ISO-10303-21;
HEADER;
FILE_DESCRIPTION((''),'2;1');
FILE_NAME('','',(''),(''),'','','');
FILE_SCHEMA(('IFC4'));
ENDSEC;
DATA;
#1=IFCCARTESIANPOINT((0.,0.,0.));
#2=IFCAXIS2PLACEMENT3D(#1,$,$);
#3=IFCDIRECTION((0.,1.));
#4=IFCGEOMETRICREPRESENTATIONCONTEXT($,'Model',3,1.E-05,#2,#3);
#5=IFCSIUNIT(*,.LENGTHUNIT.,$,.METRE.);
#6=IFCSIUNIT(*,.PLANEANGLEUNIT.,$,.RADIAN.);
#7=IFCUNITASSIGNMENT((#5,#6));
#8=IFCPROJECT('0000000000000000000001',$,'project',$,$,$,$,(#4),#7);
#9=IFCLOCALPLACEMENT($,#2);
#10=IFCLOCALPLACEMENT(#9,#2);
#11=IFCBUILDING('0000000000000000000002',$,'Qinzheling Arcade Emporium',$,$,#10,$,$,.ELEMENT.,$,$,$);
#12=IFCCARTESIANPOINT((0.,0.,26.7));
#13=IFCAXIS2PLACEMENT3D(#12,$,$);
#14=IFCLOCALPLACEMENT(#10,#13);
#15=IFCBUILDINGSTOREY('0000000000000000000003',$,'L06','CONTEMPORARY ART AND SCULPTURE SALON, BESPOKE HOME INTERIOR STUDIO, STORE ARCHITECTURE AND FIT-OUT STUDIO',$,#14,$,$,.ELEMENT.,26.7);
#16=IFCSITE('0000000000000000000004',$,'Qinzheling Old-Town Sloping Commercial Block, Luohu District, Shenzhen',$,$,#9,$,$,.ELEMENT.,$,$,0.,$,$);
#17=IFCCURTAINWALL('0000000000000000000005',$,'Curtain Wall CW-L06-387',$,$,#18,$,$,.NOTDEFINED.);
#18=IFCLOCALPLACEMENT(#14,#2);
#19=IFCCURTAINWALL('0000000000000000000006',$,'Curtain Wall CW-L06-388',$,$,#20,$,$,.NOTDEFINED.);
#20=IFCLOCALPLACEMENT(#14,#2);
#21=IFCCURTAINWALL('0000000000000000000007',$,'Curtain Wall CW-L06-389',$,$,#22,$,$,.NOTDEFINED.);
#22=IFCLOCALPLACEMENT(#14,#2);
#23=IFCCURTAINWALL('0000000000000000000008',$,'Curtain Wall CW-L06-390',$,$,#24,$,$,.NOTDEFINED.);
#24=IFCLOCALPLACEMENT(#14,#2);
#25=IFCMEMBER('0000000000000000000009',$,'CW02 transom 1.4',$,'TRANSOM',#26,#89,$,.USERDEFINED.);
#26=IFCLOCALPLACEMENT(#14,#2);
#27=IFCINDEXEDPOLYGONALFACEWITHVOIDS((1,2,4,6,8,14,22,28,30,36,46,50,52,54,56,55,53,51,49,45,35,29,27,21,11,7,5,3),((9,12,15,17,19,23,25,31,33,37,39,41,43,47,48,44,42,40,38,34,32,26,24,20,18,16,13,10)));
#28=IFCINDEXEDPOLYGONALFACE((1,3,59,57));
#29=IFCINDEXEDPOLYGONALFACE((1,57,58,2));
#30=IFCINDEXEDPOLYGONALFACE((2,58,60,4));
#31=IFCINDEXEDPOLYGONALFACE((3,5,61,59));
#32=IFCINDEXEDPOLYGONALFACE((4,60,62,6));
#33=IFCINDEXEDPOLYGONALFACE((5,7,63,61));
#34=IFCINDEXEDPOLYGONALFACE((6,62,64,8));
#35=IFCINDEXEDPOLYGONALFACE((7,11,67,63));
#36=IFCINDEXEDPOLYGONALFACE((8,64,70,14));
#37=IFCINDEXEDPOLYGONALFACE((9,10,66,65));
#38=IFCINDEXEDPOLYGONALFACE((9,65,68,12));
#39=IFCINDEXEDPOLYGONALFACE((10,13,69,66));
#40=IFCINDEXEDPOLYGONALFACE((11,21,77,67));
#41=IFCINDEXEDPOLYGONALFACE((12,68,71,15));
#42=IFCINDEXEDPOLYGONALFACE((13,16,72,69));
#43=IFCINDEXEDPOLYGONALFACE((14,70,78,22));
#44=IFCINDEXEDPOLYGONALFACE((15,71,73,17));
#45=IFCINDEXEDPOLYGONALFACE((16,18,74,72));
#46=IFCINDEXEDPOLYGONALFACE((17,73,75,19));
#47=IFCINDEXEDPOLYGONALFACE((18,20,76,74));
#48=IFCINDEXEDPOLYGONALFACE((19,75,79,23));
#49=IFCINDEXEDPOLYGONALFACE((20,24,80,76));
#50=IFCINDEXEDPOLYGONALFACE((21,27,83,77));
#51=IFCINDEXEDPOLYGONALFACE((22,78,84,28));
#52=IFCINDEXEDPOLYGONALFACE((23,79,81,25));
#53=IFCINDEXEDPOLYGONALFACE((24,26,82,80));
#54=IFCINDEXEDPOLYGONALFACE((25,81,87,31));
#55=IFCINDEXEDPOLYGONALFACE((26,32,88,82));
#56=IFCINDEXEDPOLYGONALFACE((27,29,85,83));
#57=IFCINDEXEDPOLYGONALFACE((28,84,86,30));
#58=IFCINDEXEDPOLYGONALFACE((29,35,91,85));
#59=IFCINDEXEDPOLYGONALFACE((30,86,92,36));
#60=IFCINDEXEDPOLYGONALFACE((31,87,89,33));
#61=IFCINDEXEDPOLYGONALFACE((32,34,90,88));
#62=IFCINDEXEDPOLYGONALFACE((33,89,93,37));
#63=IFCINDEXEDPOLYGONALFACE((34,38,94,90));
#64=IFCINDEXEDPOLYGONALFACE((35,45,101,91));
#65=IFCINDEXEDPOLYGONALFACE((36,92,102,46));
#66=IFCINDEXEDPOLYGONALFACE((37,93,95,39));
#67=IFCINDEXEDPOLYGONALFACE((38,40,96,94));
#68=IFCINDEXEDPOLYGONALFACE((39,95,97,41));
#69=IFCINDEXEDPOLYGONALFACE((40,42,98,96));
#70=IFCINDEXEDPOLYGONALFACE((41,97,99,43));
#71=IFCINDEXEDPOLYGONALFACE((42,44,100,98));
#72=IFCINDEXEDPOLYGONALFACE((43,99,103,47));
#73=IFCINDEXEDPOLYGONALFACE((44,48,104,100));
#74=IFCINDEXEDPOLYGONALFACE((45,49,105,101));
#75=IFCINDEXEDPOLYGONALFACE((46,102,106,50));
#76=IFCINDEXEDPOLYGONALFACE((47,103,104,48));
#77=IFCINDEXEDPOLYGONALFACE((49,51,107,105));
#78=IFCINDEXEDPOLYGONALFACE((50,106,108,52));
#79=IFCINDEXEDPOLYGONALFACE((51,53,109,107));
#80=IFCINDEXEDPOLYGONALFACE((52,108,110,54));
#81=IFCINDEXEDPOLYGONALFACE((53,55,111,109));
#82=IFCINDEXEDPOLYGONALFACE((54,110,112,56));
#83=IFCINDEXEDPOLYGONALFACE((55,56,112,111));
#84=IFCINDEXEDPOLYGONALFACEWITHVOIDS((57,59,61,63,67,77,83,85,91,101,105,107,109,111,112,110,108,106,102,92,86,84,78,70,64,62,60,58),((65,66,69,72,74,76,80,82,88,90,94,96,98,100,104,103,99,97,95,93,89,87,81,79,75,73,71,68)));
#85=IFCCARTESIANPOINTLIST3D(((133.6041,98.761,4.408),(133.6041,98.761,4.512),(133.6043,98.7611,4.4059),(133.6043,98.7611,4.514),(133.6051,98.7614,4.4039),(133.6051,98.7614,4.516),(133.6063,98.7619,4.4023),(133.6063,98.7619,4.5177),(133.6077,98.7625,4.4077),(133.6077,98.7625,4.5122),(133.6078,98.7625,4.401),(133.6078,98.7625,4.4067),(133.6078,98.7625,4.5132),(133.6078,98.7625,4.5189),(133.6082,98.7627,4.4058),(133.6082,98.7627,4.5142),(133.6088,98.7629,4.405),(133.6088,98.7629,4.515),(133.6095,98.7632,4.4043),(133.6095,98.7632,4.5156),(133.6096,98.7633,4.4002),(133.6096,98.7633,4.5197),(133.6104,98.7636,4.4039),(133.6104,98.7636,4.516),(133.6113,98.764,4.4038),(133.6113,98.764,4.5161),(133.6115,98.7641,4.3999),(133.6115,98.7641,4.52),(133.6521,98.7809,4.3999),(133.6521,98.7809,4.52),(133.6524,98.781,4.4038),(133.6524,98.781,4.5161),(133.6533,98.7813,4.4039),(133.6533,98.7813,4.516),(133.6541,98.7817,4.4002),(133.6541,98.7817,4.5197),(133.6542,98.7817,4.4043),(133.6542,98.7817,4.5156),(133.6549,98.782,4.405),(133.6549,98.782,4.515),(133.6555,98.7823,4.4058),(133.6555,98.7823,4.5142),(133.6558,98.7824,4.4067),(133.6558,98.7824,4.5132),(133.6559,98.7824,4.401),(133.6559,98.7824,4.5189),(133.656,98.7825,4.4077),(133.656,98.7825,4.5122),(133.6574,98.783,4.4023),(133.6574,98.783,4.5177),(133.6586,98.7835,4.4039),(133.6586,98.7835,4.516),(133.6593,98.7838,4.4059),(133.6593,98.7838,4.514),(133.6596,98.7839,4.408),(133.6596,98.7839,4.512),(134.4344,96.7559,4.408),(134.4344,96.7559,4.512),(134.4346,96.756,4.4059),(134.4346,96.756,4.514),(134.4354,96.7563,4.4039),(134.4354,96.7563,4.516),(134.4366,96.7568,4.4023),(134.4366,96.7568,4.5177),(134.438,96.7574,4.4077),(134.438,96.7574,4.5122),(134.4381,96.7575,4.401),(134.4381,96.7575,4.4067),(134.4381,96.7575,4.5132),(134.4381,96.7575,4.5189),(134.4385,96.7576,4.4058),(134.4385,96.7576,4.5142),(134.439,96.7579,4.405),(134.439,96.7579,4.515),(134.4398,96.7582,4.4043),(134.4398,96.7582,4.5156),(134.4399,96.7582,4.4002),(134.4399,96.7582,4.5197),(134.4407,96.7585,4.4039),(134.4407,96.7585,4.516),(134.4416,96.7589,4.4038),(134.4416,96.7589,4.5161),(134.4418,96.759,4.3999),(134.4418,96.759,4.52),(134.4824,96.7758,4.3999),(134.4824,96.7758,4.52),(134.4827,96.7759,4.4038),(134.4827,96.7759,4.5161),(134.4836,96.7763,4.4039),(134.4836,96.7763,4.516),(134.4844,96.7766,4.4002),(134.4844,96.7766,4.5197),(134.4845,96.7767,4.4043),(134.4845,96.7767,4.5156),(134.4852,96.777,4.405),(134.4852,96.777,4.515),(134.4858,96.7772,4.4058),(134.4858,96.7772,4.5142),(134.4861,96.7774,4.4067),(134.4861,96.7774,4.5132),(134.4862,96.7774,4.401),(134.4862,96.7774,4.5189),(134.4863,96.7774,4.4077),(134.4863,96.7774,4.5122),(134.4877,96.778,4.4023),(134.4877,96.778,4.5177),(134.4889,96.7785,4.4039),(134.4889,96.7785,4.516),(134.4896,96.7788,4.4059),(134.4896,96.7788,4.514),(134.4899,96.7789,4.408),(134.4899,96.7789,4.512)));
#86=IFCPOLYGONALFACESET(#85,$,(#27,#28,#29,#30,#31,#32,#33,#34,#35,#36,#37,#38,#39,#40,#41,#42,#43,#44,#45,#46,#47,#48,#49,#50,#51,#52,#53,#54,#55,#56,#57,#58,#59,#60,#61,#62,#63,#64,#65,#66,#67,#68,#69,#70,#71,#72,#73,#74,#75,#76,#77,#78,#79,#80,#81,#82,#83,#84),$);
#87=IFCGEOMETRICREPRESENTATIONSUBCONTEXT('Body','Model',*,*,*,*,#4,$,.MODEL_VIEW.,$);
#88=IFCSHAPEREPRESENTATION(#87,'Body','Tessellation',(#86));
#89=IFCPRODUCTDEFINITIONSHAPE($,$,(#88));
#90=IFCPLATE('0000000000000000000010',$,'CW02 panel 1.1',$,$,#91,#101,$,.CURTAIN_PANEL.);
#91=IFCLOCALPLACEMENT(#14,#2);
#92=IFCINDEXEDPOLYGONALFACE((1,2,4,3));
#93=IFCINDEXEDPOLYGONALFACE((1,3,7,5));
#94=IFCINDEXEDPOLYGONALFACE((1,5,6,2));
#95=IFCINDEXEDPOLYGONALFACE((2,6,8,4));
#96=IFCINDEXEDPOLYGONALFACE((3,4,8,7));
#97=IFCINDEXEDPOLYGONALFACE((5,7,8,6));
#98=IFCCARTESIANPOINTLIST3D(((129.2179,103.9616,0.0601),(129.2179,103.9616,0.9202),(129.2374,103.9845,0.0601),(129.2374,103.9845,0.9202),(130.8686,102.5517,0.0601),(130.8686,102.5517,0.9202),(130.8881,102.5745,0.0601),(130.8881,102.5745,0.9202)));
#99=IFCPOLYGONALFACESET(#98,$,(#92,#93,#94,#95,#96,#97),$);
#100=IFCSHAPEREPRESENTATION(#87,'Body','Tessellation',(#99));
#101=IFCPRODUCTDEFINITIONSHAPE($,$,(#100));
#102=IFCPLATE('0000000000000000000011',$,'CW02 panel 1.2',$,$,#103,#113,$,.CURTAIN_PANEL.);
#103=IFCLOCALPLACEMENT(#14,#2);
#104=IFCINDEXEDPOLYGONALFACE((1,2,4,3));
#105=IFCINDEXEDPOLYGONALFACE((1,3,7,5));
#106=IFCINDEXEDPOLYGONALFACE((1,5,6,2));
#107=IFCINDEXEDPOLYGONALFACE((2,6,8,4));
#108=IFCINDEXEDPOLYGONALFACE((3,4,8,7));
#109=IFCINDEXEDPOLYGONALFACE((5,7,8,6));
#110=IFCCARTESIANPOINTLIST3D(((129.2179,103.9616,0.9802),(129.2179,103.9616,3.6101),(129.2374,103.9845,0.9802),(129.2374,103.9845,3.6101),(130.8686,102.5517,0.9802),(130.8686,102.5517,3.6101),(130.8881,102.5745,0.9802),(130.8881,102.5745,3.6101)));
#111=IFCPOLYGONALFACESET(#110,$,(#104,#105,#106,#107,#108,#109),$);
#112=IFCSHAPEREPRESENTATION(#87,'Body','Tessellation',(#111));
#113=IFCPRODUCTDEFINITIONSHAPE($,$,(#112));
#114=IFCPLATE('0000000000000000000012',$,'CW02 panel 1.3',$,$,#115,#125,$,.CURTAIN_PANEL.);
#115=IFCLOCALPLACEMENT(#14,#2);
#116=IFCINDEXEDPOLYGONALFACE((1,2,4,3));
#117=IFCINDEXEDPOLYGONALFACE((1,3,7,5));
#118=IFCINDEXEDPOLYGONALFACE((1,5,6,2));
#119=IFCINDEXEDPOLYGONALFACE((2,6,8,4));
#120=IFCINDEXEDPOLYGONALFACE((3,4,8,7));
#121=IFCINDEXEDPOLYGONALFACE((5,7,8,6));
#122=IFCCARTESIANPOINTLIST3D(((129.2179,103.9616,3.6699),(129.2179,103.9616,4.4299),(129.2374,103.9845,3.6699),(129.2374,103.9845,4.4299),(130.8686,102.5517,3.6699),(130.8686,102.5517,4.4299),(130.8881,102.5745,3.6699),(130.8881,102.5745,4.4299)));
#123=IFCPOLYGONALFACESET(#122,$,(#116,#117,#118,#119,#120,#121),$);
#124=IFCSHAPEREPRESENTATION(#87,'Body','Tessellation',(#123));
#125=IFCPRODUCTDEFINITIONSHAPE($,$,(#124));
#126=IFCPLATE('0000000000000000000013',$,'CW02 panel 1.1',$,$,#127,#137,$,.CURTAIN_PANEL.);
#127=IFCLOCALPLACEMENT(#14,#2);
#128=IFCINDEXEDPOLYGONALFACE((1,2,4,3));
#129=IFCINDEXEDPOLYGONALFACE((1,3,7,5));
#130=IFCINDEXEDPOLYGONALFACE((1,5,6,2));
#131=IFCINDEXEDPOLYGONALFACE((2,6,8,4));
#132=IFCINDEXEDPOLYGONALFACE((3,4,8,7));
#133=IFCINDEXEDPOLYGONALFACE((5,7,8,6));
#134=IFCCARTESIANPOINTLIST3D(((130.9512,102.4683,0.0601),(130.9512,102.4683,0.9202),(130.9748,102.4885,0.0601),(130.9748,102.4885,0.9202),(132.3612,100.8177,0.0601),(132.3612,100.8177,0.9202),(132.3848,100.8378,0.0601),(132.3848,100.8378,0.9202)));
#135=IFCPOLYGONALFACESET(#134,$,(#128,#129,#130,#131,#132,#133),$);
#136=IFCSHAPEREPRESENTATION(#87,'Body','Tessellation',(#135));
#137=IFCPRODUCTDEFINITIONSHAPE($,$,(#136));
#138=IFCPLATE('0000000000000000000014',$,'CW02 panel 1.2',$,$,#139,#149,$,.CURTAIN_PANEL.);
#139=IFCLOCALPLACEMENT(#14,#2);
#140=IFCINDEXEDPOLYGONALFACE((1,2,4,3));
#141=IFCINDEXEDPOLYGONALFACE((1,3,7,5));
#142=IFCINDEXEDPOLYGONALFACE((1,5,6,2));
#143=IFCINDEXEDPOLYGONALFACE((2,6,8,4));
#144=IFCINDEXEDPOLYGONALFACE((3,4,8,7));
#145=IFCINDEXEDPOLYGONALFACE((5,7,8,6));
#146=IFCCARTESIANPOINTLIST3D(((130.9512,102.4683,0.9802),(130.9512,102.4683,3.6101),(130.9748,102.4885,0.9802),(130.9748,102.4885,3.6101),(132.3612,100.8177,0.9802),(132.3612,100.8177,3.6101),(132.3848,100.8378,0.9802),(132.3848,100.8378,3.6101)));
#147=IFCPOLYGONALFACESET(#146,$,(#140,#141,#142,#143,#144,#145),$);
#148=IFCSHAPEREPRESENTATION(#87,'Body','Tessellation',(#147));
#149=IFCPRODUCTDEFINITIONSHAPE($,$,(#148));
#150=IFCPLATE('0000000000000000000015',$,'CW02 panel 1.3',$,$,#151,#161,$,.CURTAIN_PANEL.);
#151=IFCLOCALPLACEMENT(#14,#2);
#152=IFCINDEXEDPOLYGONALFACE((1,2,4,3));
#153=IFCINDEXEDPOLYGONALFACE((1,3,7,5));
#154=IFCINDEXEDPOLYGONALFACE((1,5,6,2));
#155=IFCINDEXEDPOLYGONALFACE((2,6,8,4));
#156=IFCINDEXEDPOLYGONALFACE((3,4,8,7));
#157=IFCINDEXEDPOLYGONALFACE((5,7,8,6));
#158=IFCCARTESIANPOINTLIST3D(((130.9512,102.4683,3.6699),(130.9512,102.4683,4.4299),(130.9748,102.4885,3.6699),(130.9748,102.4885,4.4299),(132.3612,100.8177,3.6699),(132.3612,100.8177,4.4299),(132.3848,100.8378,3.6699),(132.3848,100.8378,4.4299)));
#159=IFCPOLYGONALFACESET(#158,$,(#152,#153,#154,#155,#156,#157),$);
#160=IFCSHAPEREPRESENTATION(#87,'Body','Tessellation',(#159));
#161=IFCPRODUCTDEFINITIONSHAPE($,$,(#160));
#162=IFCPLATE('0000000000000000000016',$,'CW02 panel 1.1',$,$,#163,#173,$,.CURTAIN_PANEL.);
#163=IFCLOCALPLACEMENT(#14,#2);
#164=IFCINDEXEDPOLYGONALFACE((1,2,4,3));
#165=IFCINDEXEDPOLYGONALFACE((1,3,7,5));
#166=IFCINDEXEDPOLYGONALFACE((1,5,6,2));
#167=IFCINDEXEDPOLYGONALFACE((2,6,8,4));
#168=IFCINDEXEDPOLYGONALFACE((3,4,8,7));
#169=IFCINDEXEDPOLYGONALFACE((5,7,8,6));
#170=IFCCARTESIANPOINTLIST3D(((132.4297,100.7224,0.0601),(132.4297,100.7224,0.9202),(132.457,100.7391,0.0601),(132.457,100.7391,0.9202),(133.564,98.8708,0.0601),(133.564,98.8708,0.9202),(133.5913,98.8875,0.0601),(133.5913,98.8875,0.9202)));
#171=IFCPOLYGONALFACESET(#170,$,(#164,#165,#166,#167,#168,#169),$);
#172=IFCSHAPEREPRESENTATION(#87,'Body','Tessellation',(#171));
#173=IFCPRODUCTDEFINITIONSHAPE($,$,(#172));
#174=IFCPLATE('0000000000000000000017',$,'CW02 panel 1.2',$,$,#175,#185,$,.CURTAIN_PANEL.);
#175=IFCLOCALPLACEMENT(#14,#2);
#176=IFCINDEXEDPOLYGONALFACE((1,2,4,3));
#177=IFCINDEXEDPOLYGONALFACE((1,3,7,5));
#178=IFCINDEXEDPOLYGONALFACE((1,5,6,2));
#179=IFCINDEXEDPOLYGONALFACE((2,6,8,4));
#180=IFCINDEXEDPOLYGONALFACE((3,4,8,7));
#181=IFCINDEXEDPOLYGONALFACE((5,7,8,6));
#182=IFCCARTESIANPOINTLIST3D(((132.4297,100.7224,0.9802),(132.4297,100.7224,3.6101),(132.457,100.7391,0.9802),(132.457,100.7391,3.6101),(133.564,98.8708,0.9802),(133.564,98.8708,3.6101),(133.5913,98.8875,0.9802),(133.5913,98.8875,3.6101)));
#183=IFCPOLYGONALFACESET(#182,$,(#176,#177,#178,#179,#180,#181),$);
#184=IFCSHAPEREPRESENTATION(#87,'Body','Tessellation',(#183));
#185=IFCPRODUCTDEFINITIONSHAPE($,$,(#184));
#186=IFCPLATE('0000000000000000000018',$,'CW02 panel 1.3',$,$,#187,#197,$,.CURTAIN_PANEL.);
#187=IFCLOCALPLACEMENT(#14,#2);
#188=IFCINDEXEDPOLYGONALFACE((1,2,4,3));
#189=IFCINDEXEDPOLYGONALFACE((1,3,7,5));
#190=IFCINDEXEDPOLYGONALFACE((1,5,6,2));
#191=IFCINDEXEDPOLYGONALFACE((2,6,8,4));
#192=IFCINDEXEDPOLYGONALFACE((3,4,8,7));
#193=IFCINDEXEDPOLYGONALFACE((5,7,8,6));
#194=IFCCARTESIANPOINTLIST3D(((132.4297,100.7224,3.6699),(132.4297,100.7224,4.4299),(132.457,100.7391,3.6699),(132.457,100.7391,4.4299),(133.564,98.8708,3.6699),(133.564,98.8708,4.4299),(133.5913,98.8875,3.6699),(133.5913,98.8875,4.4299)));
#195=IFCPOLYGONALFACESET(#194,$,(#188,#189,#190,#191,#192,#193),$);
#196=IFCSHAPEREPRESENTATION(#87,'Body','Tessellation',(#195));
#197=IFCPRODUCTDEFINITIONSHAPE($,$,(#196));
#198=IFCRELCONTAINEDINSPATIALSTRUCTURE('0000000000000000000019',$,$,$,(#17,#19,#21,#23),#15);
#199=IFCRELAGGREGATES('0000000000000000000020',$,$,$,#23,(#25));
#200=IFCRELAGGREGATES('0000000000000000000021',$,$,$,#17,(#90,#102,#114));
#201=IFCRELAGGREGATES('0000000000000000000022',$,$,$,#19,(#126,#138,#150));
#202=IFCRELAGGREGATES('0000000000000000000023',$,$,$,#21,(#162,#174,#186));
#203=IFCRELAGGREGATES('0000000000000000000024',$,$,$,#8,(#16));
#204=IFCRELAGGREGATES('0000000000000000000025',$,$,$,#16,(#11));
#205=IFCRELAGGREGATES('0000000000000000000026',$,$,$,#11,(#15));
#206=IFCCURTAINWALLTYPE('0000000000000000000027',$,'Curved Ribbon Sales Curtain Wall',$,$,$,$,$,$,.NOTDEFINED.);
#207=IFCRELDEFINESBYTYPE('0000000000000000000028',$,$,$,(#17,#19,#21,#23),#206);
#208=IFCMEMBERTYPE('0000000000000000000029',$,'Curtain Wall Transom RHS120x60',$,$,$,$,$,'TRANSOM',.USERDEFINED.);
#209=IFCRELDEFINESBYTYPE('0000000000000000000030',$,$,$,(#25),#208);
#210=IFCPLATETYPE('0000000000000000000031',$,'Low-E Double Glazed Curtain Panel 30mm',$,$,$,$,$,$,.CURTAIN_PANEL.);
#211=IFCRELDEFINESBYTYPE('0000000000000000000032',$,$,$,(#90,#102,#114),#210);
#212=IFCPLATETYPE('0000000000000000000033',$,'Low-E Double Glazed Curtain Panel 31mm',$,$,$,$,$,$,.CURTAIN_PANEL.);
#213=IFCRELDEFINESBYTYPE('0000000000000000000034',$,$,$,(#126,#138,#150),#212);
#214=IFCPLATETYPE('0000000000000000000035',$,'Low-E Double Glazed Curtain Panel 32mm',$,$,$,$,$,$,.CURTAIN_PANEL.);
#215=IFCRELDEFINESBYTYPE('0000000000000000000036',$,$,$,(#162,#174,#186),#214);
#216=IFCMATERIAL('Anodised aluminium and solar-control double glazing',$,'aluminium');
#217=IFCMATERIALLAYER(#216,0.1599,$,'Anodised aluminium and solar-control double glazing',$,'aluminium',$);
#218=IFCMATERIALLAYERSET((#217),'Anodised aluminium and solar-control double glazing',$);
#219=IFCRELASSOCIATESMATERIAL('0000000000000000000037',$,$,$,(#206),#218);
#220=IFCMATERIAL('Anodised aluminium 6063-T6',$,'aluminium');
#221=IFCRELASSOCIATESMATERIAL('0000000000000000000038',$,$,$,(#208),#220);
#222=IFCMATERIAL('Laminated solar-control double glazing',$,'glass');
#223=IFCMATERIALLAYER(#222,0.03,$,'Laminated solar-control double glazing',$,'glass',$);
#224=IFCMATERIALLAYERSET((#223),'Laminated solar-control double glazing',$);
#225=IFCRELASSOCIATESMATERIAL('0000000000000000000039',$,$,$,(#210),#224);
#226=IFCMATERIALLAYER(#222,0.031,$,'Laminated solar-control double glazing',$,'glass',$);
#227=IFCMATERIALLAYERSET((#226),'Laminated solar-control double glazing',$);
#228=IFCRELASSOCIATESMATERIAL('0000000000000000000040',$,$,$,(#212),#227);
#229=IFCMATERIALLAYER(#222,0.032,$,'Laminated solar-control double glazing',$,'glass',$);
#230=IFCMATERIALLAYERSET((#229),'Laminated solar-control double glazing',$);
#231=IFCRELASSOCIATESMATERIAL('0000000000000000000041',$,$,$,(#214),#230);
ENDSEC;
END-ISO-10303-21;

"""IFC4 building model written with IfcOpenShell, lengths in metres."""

from ifc_helpers import new_model, si_unit, direction, frame, origin, origin_2d, place, context, subcontext, project, spatial, rectangle, hollow_rectangle, extrude, material, layer, layer_set, material_profile, profile_set, type_object, element, aggregate, save


model = new_model("IFC4")

# Units and contexts
model_context = context("Model", 3, precision=1e-05, world=origin(), true_north=direction((0.0, 1.0)))
body_context = subcontext(model_context, "Body", "Model", "MODEL_VIEW")
ifc_project = project(units=[si_unit("LENGTHUNIT", "METRE"), si_unit("PLANEANGLEUNIT", "RADIAN")], contexts=[model_context])

# Site, building, storey
site_placement = place(None, origin())
site = spatial("IfcSite", under=ifc_project, at=site_placement, Name="Qinzheling Old-Town Sloping Commercial Block, Luohu District, Shenzhen", CompositionType="ELEMENT", RefElevation=0.0)
building_placement = place(site_placement, origin())
building = spatial("IfcBuilding", under=site, at=building_placement, Name="Qinzheling Arcade Emporium", CompositionType="ELEMENT")
storey_placement = place(building_placement, frame((0.0, 0.0, 26.7)))
storey = spatial("IfcBuildingStorey", under=building, at=storey_placement, Name="L06", Description="CONTEMPORARY ART AND SCULPTURE SALON, BESPOKE HOME INTERIOR STUDIO, STORE ARCHITECTURE AND FIT-OUT STUDIO", CompositionType="ELEMENT", Elevation=26.7)

# Curtain wall
ifc_material_1 = material(Name="Anodised aluminium and solar-control double glazing", Category="aluminium")
ifc_layer_1 = layer(ifc_material_1, 0.1599, Name="Anodised aluminium and solar-control double glazing", Category="aluminium")
ifc_layer_set_1 = layer_set([ifc_layer_1], Name="Anodised aluminium and solar-control double glazing")
curtain_wall_type = type_object("IfcCurtainWallType", Name="Curved Ribbon Sales Curtain Wall", PredefinedType="NOTDEFINED", material=ifc_layer_set_1)
curtain_wall_1_placement = place(storey_placement, origin())
curtain_wall_1 = element("IfcCurtainWall", 1, at=curtain_wall_1_placement, inside=storey, type_object=curtain_wall_type, Name="Curtain Wall CW-L06-387", PredefinedType="NOTDEFINED")
ifc_material_2 = material(Name="Anodised aluminium 6063-T6", Category="aluminium")

# Curtain walls
curtain_wall_2_placement = place(storey_placement, origin())
curtain_wall_2 = element("IfcCurtainWall", 2, at=curtain_wall_2_placement, inside=storey, type_object=curtain_wall_type, Name="Curtain Wall CW-L06-388", PredefinedType="NOTDEFINED")
curtain_wall_3_placement = place(storey_placement, origin())
curtain_wall_3 = element("IfcCurtainWall", 3, at=curtain_wall_3_placement, inside=storey, type_object=curtain_wall_type, Name="Curtain Wall CW-L06-389", PredefinedType="NOTDEFINED")

# Curtain wall
curtain_wall_4_placement = place(storey_placement, origin())
curtain_wall_4 = element("IfcCurtainWall", 4, at=curtain_wall_4_placement, inside=storey, type_object=curtain_wall_type, Name="Curtain Wall CW-L06-390", PredefinedType="NOTDEFINED")

# Member
ifc_material_profile_1 = material_profile(ifc_material_2, hollow_rectangle(XDim=0.0601, YDim=0.1201, WallThickness=0.0039, InnerFilletRadius=0.0039, OuterFilletRadius=0.0081, at=origin_2d()), Name="RHS 120x60x4", Category="aluminium")
ifc_profile_set_1 = profile_set([ifc_material_profile_1], Name="Anodised aluminium 6063-T6")
member_type_1 = type_object("IfcMemberType", Name="Curtain Wall Transom RHS120x60", ElementType="TRANSOM", PredefinedType="USERDEFINED", material=ifc_profile_set_1)
member_1_placement = place(storey_placement, frame((133.6318, 98.7725, 4.46), z_axis=(0.382594, -0.923917, 0.0), x_axis=(0.923917, 0.382594, 0.0)))
member_1 = element("IfcMember", 5, at=member_1_placement, type_object=member_type_1, Name="CW02 transom 1.4", ObjectType="TRANSOM", PredefinedType="USERDEFINED", context=body_context, shape_type="SweptSolid", body=[
    extrude(hollow_rectangle(XDim=0.0601, YDim=0.1201, WallThickness=0.0039, InnerFilletRadius=0.0039, OuterFilletRadius=0.0081, at=origin_2d()), origin(), (0.0, 0.0, 1.0), 2.1702),
])
aggregate(curtain_wall_4, [member_1])

# Plates
ifc_material_3 = material(Name="Laminated solar-control double glazing", Category="glass")
ifc_layer_2 = layer(ifc_material_3, 0.03, Name="Laminated solar-control double glazing", Category="glass")
ifc_layer_set_2 = layer_set([ifc_layer_2], Name="Laminated solar-control double glazing")
plate_type_1 = type_object("IfcPlateType", Name="Low-E Double Glazed Curtain Panel 30mm", PredefinedType="CURTAIN_PANEL", material=ifc_layer_set_2)
plate_1_placement = place(storey_placement, frame((130.053, 103.2681, 0.0601), z_axis=(0.0, 0.0, 1.0), x_axis=(0.760365, -0.649496, 0.0)))
plate_1 = element("IfcPlate", 6, at=plate_1_placement, type_object=plate_type_1, Name="CW02 panel 1.1", PredefinedType="CURTAIN_PANEL", context=body_context, shape_type="SweptSolid", body=[
    extrude(rectangle(XDim=2.1709, YDim=0.03, at=origin_2d()), origin(), (0.0, 0.0, 1.0), 0.8601),
])
plate_2_placement = place(storey_placement, frame((130.053, 103.2681, 0.9802), z_axis=(0.0, 0.0, 1.0), x_axis=(0.760365, -0.649496, 0.0)))
plate_2 = element("IfcPlate", 7, at=plate_2_placement, type_object=plate_type_1, Name="CW02 panel 1.2", PredefinedType="CURTAIN_PANEL", context=body_context, shape_type="SweptSolid", body=[
    extrude(rectangle(XDim=2.1709, YDim=0.03, at=origin_2d()), origin(), (0.0, 0.0, 1.0), 2.6299),
])
plate_3_placement = place(storey_placement, frame((130.053, 103.2681, 3.6699), z_axis=(0.0, 0.0, 1.0), x_axis=(0.760365, -0.649496, 0.0)))
plate_3 = element("IfcPlate", 8, at=plate_3_placement, type_object=plate_type_1, Name="CW02 panel 1.3", PredefinedType="CURTAIN_PANEL", context=body_context, shape_type="SweptSolid", body=[
    extrude(rectangle(XDim=2.1709, YDim=0.03, at=origin_2d()), origin(), (0.0, 0.0, 1.0), 0.76),
])
aggregate(curtain_wall_1, [plate_1, plate_2, plate_3])
ifc_layer_3 = layer(ifc_material_3, 0.031, Name="Laminated solar-control double glazing", Category="glass")
ifc_layer_set_3 = layer_set([ifc_layer_3], Name="Laminated solar-control double glazing")
plate_type_2 = type_object("IfcPlateType", Name="Low-E Double Glazed Curtain Panel 31mm", PredefinedType="CURTAIN_PANEL", material=ifc_layer_set_3)
plate_4_placement = place(storey_placement, frame((131.668, 101.6531, 0.0601), z_axis=(0.0, 0.0, 1.0), x_axis=(0.649496, -0.760365, 0.0)))
plate_4 = element("IfcPlate", 9, at=plate_4_placement, type_object=plate_type_2, Name="CW02 panel 1.1", PredefinedType="CURTAIN_PANEL", context=body_context, shape_type="SweptSolid", body=[
    extrude(rectangle(XDim=2.1709, YDim=0.031, at=origin_2d()), origin(), (0.0, 0.0, 1.0), 0.8601),
])
plate_5_placement = place(storey_placement, frame((131.668, 101.6531, 0.9802), z_axis=(0.0, 0.0, 1.0), x_axis=(0.649496, -0.760365, 0.0)))
plate_5 = element("IfcPlate", 10, at=plate_5_placement, type_object=plate_type_2, Name="CW02 panel 1.2", PredefinedType="CURTAIN_PANEL", context=body_context, shape_type="SweptSolid", body=[
    extrude(rectangle(XDim=2.1709, YDim=0.031, at=origin_2d()), origin(), (0.0, 0.0, 1.0), 2.6299),
])
plate_6_placement = place(storey_placement, frame((131.668, 101.6531, 3.6699), z_axis=(0.0, 0.0, 1.0), x_axis=(0.649496, -0.760365, 0.0)))
plate_6 = element("IfcPlate", 11, at=plate_6_placement, type_object=plate_type_2, Name="CW02 panel 1.3", PredefinedType="CURTAIN_PANEL", context=body_context, shape_type="SweptSolid", body=[
    extrude(rectangle(XDim=2.1709, YDim=0.031, at=origin_2d()), origin(), (0.0, 0.0, 1.0), 0.76),
])
aggregate(curtain_wall_2, [plate_4, plate_5, plate_6])
ifc_layer_4 = layer(ifc_material_3, 0.032, Name="Laminated solar-control double glazing", Category="glass")
ifc_layer_set_4 = layer_set([ifc_layer_4], Name="Laminated solar-control double glazing")
plate_type_3 = type_object("IfcPlateType", Name="Low-E Double Glazed Curtain Panel 32mm", PredefinedType="CURTAIN_PANEL", material=ifc_layer_set_4)
plate_7_placement = place(storey_placement, frame((133.0105, 99.8049, 0.0601), z_axis=(0.0, 0.0, 1.0), x_axis=(0.522368, -0.85272, 0.0)))
plate_7 = element("IfcPlate", 12, at=plate_7_placement, type_object=plate_type_3, Name="CW02 panel 1.1", PredefinedType="CURTAIN_PANEL", context=body_context, shape_type="SweptSolid", body=[
    extrude(rectangle(XDim=2.1714, YDim=0.032, at=origin_2d()), origin(), (0.0, 0.0, 1.0), 0.8601),
])
plate_8_placement = place(storey_placement, frame((133.0105, 99.8049, 0.9802), z_axis=(0.0, 0.0, 1.0), x_axis=(0.522368, -0.85272, 0.0)))
plate_8 = element("IfcPlate", 13, at=plate_8_placement, type_object=plate_type_3, Name="CW02 panel 1.2", PredefinedType="CURTAIN_PANEL", context=body_context, shape_type="SweptSolid", body=[
    extrude(rectangle(XDim=2.1714, YDim=0.032, at=origin_2d()), origin(), (0.0, 0.0, 1.0), 2.6299),
])
plate_9_placement = place(storey_placement, frame((133.0105, 99.8049, 3.6699), z_axis=(0.0, 0.0, 1.0), x_axis=(0.522368, -0.85272, 0.0)))
plate_9 = element("IfcPlate", 14, at=plate_9_placement, type_object=plate_type_3, Name="CW02 panel 1.3", PredefinedType="CURTAIN_PANEL", context=body_context, shape_type="SweptSolid", body=[
    extrude(rectangle(XDim=2.1714, YDim=0.032, at=origin_2d()), origin(), (0.0, 0.0, 1.0), 0.76),
])
aggregate(curtain_wall_3, [plate_7, plate_8, plate_9])

save(model, "model.ifc")
